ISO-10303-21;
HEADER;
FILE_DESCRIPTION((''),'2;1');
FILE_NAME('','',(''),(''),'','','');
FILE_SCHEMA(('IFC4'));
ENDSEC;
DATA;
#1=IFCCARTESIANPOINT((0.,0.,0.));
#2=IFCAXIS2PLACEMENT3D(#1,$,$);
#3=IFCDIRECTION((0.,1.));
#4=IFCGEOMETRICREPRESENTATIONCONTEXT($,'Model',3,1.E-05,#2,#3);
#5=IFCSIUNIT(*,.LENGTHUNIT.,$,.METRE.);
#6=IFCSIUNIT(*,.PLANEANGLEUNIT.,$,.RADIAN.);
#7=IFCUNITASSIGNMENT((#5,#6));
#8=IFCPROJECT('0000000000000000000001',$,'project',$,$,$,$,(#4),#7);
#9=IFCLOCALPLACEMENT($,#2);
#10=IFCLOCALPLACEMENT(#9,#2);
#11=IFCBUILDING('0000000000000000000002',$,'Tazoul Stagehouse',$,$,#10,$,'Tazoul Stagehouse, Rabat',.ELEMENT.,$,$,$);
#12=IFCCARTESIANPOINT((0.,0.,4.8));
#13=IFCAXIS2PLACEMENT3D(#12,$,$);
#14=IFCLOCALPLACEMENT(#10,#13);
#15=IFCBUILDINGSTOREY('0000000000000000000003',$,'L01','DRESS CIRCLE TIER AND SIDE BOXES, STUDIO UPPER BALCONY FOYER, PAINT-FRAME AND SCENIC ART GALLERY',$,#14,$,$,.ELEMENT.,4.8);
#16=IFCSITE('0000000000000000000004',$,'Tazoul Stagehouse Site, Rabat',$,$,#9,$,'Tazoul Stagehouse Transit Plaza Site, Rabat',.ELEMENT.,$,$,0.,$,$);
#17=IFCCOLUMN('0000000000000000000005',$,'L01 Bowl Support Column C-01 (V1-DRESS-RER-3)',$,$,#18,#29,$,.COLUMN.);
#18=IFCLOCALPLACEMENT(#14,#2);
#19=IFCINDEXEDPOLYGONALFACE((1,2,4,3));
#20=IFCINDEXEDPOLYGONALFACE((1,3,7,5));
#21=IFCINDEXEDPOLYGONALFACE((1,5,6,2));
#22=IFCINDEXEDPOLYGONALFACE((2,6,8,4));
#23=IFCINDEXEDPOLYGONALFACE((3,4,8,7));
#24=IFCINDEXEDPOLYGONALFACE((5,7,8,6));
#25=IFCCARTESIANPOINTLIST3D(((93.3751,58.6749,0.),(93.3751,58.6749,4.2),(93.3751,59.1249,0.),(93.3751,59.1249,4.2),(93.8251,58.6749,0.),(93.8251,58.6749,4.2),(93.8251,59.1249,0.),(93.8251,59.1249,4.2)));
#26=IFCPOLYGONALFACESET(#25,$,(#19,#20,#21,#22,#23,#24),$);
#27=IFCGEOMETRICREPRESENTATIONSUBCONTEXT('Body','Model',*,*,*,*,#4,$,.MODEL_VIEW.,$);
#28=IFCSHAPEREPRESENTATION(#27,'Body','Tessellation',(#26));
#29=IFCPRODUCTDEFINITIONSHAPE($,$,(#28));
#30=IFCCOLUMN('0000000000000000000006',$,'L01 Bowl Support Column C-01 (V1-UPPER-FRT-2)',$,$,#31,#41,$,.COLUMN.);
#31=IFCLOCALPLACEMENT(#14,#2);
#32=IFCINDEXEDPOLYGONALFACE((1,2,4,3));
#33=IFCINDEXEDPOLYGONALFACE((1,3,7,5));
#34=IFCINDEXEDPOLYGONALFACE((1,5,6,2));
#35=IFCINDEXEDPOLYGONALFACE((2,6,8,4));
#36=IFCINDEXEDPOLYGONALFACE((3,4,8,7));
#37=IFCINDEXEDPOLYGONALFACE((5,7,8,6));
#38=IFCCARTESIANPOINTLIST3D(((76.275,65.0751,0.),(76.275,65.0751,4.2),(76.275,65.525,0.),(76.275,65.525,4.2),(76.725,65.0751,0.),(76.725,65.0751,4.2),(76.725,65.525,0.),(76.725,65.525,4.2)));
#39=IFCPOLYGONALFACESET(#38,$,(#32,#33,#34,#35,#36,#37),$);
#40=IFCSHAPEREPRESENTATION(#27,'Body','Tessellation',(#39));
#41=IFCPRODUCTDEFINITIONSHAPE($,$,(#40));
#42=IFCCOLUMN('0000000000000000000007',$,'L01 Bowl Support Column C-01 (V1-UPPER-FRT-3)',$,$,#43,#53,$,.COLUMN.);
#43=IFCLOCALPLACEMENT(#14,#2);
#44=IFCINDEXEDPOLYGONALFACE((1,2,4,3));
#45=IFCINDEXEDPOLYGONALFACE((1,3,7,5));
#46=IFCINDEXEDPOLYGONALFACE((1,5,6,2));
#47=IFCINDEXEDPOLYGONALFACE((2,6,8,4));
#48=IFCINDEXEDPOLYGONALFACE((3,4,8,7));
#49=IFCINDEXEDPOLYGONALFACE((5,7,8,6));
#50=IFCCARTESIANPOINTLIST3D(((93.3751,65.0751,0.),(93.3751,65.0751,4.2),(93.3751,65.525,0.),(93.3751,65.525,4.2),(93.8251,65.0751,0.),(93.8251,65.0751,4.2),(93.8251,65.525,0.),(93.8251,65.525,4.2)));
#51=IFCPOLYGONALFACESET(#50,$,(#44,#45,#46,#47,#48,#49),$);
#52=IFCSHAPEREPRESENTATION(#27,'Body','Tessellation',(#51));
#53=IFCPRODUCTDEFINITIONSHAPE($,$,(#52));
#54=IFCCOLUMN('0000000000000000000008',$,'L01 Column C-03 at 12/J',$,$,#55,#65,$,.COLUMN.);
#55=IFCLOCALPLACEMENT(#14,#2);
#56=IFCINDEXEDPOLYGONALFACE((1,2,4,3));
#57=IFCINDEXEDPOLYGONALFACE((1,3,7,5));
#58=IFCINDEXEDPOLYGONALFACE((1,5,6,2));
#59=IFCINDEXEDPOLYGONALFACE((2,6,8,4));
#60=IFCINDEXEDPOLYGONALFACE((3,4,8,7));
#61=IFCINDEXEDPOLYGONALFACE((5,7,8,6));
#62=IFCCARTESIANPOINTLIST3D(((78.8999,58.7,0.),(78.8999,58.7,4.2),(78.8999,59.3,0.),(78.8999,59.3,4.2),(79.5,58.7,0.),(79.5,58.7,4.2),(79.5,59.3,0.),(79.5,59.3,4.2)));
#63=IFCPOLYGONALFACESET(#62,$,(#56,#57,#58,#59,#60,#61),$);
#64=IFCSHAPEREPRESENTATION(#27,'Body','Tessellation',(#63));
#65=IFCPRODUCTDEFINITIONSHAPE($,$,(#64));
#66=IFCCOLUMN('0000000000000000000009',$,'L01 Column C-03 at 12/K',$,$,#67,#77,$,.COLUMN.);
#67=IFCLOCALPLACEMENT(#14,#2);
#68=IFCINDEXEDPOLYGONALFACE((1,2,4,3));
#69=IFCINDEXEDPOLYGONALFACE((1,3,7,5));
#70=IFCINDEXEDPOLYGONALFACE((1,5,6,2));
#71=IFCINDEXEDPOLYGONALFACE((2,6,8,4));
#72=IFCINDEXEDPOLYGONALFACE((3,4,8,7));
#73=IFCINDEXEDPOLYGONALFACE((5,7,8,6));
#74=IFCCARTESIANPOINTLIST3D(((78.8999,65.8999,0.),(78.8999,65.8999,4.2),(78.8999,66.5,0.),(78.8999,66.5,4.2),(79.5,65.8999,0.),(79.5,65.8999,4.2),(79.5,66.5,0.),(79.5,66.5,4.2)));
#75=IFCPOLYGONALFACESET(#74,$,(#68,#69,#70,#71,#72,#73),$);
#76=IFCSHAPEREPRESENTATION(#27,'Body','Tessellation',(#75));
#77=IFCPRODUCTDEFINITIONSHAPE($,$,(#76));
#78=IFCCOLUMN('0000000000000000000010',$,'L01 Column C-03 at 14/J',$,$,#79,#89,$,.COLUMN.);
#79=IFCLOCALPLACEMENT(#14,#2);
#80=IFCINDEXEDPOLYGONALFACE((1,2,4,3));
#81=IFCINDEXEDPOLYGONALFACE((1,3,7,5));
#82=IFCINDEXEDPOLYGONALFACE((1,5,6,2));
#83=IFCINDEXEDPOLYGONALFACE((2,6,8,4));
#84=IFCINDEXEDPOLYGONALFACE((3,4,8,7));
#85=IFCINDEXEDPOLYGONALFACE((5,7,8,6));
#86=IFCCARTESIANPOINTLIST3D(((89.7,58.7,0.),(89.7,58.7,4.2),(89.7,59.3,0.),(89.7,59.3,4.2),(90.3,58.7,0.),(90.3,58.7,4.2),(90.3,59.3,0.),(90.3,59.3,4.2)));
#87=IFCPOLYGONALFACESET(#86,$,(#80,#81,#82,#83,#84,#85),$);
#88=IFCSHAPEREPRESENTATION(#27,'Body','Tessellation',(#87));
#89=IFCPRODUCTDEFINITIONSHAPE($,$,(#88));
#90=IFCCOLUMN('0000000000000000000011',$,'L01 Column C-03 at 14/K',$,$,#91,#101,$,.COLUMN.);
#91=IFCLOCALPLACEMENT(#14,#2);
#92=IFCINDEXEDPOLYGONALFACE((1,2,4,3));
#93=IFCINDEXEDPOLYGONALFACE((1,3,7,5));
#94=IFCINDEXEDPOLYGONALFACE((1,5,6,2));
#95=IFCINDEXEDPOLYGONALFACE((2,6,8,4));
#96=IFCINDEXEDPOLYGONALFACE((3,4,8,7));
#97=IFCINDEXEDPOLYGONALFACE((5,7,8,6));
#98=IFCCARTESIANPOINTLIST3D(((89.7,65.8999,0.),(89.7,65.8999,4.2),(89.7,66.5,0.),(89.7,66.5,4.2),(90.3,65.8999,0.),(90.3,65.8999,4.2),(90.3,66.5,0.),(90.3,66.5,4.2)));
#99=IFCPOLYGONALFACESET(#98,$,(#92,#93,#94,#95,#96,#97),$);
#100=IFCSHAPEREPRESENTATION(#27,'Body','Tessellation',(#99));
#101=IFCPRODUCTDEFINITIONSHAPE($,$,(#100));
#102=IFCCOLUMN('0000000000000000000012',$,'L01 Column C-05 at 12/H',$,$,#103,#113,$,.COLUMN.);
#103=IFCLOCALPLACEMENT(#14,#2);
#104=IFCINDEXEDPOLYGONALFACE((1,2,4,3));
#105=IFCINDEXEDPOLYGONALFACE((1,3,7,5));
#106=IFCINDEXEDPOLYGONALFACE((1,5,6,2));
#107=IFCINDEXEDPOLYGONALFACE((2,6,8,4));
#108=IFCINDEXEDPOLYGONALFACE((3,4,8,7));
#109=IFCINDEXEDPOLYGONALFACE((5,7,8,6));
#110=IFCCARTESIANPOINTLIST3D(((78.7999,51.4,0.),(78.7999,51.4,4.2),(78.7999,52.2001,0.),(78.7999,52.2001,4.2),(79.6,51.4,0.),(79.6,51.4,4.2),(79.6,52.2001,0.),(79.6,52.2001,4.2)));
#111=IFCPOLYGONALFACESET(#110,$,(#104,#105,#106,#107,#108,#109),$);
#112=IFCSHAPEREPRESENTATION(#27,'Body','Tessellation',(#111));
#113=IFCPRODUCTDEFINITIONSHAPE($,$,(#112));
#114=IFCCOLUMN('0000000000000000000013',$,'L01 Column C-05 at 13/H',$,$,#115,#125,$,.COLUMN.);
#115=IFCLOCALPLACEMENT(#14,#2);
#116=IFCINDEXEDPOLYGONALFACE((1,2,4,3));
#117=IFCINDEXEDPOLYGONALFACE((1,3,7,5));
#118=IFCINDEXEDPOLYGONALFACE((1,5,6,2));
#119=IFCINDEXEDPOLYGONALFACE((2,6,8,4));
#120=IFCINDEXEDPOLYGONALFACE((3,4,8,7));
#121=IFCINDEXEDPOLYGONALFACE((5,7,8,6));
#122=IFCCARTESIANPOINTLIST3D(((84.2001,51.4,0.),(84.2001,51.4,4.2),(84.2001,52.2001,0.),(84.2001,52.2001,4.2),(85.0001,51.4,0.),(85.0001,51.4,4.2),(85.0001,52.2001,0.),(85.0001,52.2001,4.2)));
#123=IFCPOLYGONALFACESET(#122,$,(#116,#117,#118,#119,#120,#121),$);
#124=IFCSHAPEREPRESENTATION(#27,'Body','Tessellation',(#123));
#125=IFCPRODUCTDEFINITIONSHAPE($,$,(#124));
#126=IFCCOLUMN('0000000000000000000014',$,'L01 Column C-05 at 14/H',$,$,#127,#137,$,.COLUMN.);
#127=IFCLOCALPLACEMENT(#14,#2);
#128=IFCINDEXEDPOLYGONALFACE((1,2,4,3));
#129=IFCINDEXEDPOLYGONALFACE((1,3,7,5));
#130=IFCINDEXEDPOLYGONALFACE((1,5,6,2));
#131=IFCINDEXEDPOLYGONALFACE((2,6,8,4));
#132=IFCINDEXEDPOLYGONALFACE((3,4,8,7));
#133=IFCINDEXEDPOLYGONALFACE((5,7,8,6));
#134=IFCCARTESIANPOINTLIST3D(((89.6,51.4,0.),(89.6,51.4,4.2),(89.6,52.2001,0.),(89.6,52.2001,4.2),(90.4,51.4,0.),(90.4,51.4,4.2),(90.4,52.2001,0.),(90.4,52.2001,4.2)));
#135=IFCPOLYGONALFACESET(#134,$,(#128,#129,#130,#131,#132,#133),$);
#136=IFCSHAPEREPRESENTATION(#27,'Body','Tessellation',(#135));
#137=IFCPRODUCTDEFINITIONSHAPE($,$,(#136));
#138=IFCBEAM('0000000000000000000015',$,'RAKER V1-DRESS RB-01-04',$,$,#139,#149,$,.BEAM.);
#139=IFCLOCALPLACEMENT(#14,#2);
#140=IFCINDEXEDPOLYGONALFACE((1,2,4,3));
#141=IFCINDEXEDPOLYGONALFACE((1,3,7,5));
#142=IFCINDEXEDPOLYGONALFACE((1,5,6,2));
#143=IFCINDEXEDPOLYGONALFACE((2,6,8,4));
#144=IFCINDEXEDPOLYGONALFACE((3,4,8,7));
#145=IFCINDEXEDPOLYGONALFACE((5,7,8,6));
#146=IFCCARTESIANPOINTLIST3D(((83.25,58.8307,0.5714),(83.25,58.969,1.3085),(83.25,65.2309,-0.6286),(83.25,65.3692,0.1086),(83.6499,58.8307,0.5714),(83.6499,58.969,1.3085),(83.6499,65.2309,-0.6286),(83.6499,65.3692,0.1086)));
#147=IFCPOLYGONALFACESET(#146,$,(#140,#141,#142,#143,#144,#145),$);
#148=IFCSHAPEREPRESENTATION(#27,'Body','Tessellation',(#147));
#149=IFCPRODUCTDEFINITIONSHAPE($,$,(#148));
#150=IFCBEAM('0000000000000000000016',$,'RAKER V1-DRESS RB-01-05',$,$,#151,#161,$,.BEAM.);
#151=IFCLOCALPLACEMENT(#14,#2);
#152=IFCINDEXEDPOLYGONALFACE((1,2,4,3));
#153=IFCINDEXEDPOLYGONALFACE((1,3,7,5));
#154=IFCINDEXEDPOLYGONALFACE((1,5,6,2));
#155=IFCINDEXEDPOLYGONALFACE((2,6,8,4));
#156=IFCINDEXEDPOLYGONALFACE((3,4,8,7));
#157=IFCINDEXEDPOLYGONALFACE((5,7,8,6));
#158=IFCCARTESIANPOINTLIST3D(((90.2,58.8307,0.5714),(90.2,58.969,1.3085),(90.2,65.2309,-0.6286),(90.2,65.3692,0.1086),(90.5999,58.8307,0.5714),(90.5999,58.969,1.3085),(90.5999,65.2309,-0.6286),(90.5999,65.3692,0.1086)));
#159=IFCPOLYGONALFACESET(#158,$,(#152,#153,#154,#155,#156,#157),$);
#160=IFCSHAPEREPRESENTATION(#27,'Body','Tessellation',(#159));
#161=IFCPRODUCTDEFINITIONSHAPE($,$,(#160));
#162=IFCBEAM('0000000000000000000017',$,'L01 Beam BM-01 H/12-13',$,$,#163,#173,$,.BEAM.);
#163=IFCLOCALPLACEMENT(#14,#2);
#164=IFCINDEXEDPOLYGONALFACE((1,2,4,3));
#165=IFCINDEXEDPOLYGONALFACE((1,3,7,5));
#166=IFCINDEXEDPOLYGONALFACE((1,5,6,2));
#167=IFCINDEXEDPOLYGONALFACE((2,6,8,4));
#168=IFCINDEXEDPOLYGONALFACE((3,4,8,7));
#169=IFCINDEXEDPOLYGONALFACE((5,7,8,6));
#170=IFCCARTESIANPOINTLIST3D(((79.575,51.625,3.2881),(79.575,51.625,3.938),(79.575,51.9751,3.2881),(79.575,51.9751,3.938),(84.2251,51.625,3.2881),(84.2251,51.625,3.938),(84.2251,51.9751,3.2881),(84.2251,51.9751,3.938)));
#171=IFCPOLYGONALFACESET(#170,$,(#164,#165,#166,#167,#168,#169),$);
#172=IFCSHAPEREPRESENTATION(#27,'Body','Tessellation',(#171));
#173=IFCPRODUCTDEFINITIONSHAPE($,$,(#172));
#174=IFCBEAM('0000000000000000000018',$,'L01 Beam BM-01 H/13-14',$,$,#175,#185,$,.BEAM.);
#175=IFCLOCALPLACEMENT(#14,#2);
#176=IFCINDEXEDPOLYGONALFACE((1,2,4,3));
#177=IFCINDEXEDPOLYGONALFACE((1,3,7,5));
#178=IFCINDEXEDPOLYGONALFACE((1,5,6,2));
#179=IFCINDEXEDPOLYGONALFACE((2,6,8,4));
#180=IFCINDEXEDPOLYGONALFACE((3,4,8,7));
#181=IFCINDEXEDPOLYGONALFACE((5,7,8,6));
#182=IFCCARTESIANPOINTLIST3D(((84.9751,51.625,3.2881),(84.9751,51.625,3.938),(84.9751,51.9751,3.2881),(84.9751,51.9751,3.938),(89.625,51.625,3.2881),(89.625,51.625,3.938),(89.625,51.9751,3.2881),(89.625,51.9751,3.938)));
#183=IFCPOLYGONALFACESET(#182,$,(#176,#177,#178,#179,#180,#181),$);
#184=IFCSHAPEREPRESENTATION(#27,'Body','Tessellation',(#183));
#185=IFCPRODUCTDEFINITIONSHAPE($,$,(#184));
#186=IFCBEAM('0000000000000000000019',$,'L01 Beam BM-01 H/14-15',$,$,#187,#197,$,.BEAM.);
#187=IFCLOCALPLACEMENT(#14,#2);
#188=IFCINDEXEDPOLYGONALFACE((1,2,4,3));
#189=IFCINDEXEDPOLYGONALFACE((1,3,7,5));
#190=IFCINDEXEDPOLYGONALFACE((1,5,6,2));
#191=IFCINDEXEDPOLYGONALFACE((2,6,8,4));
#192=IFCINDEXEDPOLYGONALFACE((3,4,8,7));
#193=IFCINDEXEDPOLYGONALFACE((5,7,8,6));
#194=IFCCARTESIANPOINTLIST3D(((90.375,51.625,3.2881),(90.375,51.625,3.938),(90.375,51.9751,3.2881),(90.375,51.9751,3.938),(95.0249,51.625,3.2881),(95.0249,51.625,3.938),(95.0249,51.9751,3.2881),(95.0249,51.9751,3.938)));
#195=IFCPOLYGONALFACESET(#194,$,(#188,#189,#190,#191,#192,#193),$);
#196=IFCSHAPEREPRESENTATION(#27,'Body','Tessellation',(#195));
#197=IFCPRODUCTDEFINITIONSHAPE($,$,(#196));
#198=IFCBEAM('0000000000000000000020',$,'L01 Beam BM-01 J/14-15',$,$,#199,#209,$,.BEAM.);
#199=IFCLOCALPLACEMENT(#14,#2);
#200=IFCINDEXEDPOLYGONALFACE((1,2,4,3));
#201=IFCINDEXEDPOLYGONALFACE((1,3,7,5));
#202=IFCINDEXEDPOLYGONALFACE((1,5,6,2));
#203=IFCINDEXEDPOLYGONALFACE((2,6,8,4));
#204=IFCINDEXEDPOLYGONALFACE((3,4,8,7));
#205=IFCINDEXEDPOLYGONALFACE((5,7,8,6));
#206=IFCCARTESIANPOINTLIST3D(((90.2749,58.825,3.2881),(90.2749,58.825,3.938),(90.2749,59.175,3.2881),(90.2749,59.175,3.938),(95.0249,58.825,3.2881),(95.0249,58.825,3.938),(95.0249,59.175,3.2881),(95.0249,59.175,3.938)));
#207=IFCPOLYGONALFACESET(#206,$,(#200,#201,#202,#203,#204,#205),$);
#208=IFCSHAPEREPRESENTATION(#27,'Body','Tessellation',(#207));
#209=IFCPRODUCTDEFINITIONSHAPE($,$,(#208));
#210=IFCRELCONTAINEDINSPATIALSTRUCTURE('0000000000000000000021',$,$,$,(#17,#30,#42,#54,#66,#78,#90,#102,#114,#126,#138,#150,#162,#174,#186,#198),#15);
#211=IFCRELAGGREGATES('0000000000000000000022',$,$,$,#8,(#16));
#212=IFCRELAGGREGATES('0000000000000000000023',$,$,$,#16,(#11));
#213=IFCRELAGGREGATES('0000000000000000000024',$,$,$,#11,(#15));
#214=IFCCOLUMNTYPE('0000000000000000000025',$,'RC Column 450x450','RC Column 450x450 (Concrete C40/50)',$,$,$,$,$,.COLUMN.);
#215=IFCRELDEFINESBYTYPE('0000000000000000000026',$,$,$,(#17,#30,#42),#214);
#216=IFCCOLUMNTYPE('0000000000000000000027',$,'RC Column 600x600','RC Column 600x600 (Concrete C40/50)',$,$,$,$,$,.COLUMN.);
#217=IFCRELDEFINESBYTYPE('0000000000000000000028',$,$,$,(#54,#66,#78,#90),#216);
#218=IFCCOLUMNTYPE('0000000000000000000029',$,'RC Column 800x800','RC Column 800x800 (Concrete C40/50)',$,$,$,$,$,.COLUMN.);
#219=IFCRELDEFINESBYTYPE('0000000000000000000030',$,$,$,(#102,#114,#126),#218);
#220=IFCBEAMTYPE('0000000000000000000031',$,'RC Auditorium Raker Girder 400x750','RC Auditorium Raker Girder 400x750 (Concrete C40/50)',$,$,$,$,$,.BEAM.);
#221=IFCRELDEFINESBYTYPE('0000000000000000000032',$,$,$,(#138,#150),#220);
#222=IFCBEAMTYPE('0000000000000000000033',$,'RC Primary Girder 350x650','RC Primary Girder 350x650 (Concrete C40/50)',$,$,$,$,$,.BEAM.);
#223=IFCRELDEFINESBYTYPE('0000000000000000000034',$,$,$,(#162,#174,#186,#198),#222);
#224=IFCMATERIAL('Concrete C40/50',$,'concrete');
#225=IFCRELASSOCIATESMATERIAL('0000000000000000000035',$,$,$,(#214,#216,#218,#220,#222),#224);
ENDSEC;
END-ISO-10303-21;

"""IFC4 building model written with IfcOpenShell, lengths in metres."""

from ifc_helpers import new_model, si_unit, direction, frame, origin, origin_2d, place, context, subcontext, project, spatial, rectangle, extrude, material, material_profile, profile_set, type_object, element, save


model = new_model("IFC4")

# Units and contexts
model_context = context("Model", 3, precision=1e-05, world=origin(), true_north=direction((0.0, 1.0)))
body_context = subcontext(model_context, "Body", "Model", "MODEL_VIEW")
ifc_project = project(units=[si_unit("LENGTHUNIT", "METRE"), si_unit("PLANEANGLEUNIT", "RADIAN")], contexts=[model_context])

# Site, building, storey
site_placement = place(None, origin())
site = spatial("IfcSite", under=ifc_project, at=site_placement, Name="Tazoul Stagehouse Site, Rabat", LongName="Tazoul Stagehouse Transit Plaza Site, Rabat", CompositionType="ELEMENT", RefElevation=0.0)
building_placement = place(site_placement, origin())
building = spatial("IfcBuilding", under=site, at=building_placement, Name="Tazoul Stagehouse", LongName="Tazoul Stagehouse, Rabat", CompositionType="ELEMENT")
storey_placement = place(building_placement, frame((0.0, 0.0, 4.8)))
storey = spatial("IfcBuildingStorey", under=building, at=storey_placement, Name="L01", Description="DRESS CIRCLE TIER AND SIDE BOXES, STUDIO UPPER BALCONY FOYER, PAINT-FRAME AND SCENIC ART GALLERY", CompositionType="ELEMENT", Elevation=4.8)

# Columns
ifc_material_1 = material(Name="Concrete C40/50", Category="concrete")
ifc_material_profile_1 = material_profile(ifc_material_1, rectangle(XDim=0.45, YDim=0.45, at=origin_2d()), Name="RC 450x450")
ifc_profile_set_1 = profile_set([ifc_material_profile_1], Name="Concrete C40/50")
column_type_1 = type_object("IfcColumnType", Name="RC Column 450x450", Description="RC Column 450x450 (Concrete C40/50)", PredefinedType="COLUMN", material=ifc_profile_set_1)
for number, where, z_axis, x_axis, name in (
    (1, (93.6001, 58.8999, 0.0), (0.0, 0.0, 1.0), (1.0, 0.0, 0.0), "L01 Bowl Support Column C-01 (V1-DRESS-RER-3)"),
    (2, (76.5, 65.3, 0.0), (0.0, 0.0, 1.0), (1.0, 0.0, 0.0), "L01 Bowl Support Column C-01 (V1-UPPER-FRT-2)"),
    (3, (93.6001, 65.3, 0.0), (0.0, 0.0, 1.0), (1.0, 0.0, 0.0), "L01 Bowl Support Column C-01 (V1-UPPER-FRT-3)"),
):
    element("IfcColumn", number, at=place(storey_placement, frame(where, z_axis=z_axis, x_axis=x_axis)), inside=storey, type_object=column_type_1, Name=name, PredefinedType="COLUMN", context=body_context, shape_type="SweptSolid", body=[
        extrude(rectangle(XDim=0.45, YDim=0.45, at=origin_2d()), origin(), (0.0, 0.0, 1.0), 4.2),
    ])
ifc_material_profile_2 = material_profile(ifc_material_1, rectangle(XDim=0.6001, YDim=0.6001, at=origin_2d()), Name="RC 600x600")
ifc_profile_set_2 = profile_set([ifc_material_profile_2], Name="Concrete C40/50")
column_type_2 = type_object("IfcColumnType", Name="RC Column 600x600", Description="RC Column 600x600 (Concrete C40/50)", PredefinedType="COLUMN", material=ifc_profile_set_2)
for number, where, z_axis, x_axis, name in (
    (4, (79.2, 59.0, 0.0), (0.0, 0.0, 1.0), (1.0, 0.0, 0.0), "L01 Column C-03 at 12/J"),
    (5, (79.2, 66.2, 0.0), (0.0, 0.0, 1.0), (1.0, 0.0, 0.0), "L01 Column C-03 at 12/K"),
    (6, (90.0, 59.0, 0.0), (0.0, 0.0, 1.0), (1.0, 0.0, 0.0), "L01 Column C-03 at 14/J"),
    (7, (90.0, 66.2, 0.0), (0.0, 0.0, 1.0), (1.0, 0.0, 0.0), "L01 Column C-03 at 14/K"),
):
    element("IfcColumn", number, at=place(storey_placement, frame(where, z_axis=z_axis, x_axis=x_axis)), inside=storey, type_object=column_type_2, Name=name, PredefinedType="COLUMN", context=body_context, shape_type="SweptSolid", body=[
        extrude(rectangle(XDim=0.6001, YDim=0.6001, at=origin_2d()), origin(), (0.0, 0.0, 1.0), 4.2),
    ])
ifc_material_profile_3 = material_profile(ifc_material_1, rectangle(XDim=0.8, YDim=0.8, at=origin_2d()), Name="RC 800x800")
ifc_profile_set_3 = profile_set([ifc_material_profile_3], Name="Concrete C40/50")
column_type_3 = type_object("IfcColumnType", Name="RC Column 800x800", Description="RC Column 800x800 (Concrete C40/50)", PredefinedType="COLUMN", material=ifc_profile_set_3)
for number, where, z_axis, x_axis, name in (
    (8, (79.2, 51.8, 0.0), (0.0, 0.0, 1.0), (1.0, 0.0, 0.0), "L01 Column C-05 at 12/H"),
    (9, (84.6001, 51.8, 0.0), (0.0, 0.0, 1.0), (1.0, 0.0, 0.0), "L01 Column C-05 at 13/H"),
    (10, (90.0, 51.8, 0.0), (0.0, 0.0, 1.0), (1.0, 0.0, 0.0), "L01 Column C-05 at 14/H"),
):
    element("IfcColumn", number, at=place(storey_placement, frame(where, z_axis=z_axis, x_axis=x_axis)), inside=storey, type_object=column_type_3, Name=name, PredefinedType="COLUMN", context=body_context, shape_type="SweptSolid", body=[
        extrude(rectangle(XDim=0.8, YDim=0.8, at=origin_2d()), origin(), (0.0, 0.0, 1.0), 4.2),
    ])

# Beams
ifc_material_profile_4 = material_profile(ifc_material_1, rectangle(XDim=0.3999, YDim=0.75, at=origin_2d()), Name="RC 400x750")
ifc_profile_set_4 = profile_set([ifc_material_profile_4], Name="Concrete C40/50")
beam_type_1 = type_object("IfcBeamType", Name="RC Auditorium Raker Girder 400x750", Description="RC Auditorium Raker Girder 400x750 (Concrete C40/50)", PredefinedType="BEAM", material=ifc_profile_set_4)
for number, where, z_axis, x_axis, name in (
    (11, (83.45, 65.3, -0.26), (0.0, -0.982874, 0.184277), (1.0, 0.0, 0.0), "RAKER V1-DRESS RB-01-04"),
    (12, (90.3999, 65.3, -0.26), (0.0, -0.982874, 0.184277), (1.0, 0.0, 0.0), "RAKER V1-DRESS RB-01-05"),
):
    element("IfcBeam", number, at=place(storey_placement, frame(where, z_axis=z_axis, x_axis=x_axis)), inside=storey, type_object=beam_type_1, Name=name, PredefinedType="BEAM", context=body_context, shape_type="SweptSolid", body=[
        extrude(rectangle(XDim=0.3999, YDim=0.75, at=origin_2d()), origin(), (0.0, 0.0, 1.0), 6.5117),
    ])
ifc_material_profile_5 = material_profile(ifc_material_1, rectangle(XDim=0.3501, YDim=0.6499, at=origin_2d()), Name="RC 350x650")
ifc_profile_set_5 = profile_set([ifc_material_profile_5], Name="Concrete C40/50")
beam_type_2 = type_object("IfcBeamType", Name="RC Primary Girder 350x650", Description="RC Primary Girder 350x650 (Concrete C40/50)", PredefinedType="BEAM", material=ifc_profile_set_5)
beam_1_placement = place(storey_placement, frame((79.575, 51.8, 3.613), z_axis=(1.0, 0.0, 0.0), x_axis=(0.0, 1.0, 0.0)))
element("IfcBeam", 13, at=beam_1_placement, inside=storey, type_object=beam_type_2, Name="L01 Beam BM-01 H/12-13", PredefinedType="BEAM", context=body_context, shape_type="SweptSolid", body=[
    extrude(rectangle(XDim=0.3501, YDim=0.6499, at=origin_2d()), origin(), (0.0, 0.0, 1.0), 4.6501),
])
for number, where, z_axis, x_axis, name in (
    (14, (84.9751, 51.8, 3.613), (1.0, 0.0, 0.0), (0.0, 1.0, 0.0), "L01 Beam BM-01 H/13-14"),
    (15, (90.375, 51.8, 3.613), (1.0, 0.0, 0.0), (0.0, 1.0, 0.0), "L01 Beam BM-01 H/14-15"),
):
    element("IfcBeam", number, at=place(storey_placement, frame(where, z_axis=z_axis, x_axis=x_axis)), inside=storey, type_object=beam_type_2, Name=name, PredefinedType="BEAM", context=body_context, shape_type="SweptSolid", body=[
        extrude(rectangle(XDim=0.3501, YDim=0.6499, at=origin_2d()), origin(), (0.0, 0.0, 1.0), 4.6499),
    ])
beam_2_placement = place(storey_placement, frame((90.2749, 59.0, 3.613), z_axis=(1.0, 0.0, 0.0), x_axis=(0.0, 1.0, 0.0)))
element("IfcBeam", 16, at=beam_2_placement, inside=storey, type_object=beam_type_2, Name="L01 Beam BM-01 J/14-15", PredefinedType="BEAM", context=body_context, shape_type="SweptSolid", body=[
    extrude(rectangle(XDim=0.3501, YDim=0.6499, at=origin_2d()), origin(), (0.0, 0.0, 1.0), 4.75),
])

save(model, "model.ifc")
